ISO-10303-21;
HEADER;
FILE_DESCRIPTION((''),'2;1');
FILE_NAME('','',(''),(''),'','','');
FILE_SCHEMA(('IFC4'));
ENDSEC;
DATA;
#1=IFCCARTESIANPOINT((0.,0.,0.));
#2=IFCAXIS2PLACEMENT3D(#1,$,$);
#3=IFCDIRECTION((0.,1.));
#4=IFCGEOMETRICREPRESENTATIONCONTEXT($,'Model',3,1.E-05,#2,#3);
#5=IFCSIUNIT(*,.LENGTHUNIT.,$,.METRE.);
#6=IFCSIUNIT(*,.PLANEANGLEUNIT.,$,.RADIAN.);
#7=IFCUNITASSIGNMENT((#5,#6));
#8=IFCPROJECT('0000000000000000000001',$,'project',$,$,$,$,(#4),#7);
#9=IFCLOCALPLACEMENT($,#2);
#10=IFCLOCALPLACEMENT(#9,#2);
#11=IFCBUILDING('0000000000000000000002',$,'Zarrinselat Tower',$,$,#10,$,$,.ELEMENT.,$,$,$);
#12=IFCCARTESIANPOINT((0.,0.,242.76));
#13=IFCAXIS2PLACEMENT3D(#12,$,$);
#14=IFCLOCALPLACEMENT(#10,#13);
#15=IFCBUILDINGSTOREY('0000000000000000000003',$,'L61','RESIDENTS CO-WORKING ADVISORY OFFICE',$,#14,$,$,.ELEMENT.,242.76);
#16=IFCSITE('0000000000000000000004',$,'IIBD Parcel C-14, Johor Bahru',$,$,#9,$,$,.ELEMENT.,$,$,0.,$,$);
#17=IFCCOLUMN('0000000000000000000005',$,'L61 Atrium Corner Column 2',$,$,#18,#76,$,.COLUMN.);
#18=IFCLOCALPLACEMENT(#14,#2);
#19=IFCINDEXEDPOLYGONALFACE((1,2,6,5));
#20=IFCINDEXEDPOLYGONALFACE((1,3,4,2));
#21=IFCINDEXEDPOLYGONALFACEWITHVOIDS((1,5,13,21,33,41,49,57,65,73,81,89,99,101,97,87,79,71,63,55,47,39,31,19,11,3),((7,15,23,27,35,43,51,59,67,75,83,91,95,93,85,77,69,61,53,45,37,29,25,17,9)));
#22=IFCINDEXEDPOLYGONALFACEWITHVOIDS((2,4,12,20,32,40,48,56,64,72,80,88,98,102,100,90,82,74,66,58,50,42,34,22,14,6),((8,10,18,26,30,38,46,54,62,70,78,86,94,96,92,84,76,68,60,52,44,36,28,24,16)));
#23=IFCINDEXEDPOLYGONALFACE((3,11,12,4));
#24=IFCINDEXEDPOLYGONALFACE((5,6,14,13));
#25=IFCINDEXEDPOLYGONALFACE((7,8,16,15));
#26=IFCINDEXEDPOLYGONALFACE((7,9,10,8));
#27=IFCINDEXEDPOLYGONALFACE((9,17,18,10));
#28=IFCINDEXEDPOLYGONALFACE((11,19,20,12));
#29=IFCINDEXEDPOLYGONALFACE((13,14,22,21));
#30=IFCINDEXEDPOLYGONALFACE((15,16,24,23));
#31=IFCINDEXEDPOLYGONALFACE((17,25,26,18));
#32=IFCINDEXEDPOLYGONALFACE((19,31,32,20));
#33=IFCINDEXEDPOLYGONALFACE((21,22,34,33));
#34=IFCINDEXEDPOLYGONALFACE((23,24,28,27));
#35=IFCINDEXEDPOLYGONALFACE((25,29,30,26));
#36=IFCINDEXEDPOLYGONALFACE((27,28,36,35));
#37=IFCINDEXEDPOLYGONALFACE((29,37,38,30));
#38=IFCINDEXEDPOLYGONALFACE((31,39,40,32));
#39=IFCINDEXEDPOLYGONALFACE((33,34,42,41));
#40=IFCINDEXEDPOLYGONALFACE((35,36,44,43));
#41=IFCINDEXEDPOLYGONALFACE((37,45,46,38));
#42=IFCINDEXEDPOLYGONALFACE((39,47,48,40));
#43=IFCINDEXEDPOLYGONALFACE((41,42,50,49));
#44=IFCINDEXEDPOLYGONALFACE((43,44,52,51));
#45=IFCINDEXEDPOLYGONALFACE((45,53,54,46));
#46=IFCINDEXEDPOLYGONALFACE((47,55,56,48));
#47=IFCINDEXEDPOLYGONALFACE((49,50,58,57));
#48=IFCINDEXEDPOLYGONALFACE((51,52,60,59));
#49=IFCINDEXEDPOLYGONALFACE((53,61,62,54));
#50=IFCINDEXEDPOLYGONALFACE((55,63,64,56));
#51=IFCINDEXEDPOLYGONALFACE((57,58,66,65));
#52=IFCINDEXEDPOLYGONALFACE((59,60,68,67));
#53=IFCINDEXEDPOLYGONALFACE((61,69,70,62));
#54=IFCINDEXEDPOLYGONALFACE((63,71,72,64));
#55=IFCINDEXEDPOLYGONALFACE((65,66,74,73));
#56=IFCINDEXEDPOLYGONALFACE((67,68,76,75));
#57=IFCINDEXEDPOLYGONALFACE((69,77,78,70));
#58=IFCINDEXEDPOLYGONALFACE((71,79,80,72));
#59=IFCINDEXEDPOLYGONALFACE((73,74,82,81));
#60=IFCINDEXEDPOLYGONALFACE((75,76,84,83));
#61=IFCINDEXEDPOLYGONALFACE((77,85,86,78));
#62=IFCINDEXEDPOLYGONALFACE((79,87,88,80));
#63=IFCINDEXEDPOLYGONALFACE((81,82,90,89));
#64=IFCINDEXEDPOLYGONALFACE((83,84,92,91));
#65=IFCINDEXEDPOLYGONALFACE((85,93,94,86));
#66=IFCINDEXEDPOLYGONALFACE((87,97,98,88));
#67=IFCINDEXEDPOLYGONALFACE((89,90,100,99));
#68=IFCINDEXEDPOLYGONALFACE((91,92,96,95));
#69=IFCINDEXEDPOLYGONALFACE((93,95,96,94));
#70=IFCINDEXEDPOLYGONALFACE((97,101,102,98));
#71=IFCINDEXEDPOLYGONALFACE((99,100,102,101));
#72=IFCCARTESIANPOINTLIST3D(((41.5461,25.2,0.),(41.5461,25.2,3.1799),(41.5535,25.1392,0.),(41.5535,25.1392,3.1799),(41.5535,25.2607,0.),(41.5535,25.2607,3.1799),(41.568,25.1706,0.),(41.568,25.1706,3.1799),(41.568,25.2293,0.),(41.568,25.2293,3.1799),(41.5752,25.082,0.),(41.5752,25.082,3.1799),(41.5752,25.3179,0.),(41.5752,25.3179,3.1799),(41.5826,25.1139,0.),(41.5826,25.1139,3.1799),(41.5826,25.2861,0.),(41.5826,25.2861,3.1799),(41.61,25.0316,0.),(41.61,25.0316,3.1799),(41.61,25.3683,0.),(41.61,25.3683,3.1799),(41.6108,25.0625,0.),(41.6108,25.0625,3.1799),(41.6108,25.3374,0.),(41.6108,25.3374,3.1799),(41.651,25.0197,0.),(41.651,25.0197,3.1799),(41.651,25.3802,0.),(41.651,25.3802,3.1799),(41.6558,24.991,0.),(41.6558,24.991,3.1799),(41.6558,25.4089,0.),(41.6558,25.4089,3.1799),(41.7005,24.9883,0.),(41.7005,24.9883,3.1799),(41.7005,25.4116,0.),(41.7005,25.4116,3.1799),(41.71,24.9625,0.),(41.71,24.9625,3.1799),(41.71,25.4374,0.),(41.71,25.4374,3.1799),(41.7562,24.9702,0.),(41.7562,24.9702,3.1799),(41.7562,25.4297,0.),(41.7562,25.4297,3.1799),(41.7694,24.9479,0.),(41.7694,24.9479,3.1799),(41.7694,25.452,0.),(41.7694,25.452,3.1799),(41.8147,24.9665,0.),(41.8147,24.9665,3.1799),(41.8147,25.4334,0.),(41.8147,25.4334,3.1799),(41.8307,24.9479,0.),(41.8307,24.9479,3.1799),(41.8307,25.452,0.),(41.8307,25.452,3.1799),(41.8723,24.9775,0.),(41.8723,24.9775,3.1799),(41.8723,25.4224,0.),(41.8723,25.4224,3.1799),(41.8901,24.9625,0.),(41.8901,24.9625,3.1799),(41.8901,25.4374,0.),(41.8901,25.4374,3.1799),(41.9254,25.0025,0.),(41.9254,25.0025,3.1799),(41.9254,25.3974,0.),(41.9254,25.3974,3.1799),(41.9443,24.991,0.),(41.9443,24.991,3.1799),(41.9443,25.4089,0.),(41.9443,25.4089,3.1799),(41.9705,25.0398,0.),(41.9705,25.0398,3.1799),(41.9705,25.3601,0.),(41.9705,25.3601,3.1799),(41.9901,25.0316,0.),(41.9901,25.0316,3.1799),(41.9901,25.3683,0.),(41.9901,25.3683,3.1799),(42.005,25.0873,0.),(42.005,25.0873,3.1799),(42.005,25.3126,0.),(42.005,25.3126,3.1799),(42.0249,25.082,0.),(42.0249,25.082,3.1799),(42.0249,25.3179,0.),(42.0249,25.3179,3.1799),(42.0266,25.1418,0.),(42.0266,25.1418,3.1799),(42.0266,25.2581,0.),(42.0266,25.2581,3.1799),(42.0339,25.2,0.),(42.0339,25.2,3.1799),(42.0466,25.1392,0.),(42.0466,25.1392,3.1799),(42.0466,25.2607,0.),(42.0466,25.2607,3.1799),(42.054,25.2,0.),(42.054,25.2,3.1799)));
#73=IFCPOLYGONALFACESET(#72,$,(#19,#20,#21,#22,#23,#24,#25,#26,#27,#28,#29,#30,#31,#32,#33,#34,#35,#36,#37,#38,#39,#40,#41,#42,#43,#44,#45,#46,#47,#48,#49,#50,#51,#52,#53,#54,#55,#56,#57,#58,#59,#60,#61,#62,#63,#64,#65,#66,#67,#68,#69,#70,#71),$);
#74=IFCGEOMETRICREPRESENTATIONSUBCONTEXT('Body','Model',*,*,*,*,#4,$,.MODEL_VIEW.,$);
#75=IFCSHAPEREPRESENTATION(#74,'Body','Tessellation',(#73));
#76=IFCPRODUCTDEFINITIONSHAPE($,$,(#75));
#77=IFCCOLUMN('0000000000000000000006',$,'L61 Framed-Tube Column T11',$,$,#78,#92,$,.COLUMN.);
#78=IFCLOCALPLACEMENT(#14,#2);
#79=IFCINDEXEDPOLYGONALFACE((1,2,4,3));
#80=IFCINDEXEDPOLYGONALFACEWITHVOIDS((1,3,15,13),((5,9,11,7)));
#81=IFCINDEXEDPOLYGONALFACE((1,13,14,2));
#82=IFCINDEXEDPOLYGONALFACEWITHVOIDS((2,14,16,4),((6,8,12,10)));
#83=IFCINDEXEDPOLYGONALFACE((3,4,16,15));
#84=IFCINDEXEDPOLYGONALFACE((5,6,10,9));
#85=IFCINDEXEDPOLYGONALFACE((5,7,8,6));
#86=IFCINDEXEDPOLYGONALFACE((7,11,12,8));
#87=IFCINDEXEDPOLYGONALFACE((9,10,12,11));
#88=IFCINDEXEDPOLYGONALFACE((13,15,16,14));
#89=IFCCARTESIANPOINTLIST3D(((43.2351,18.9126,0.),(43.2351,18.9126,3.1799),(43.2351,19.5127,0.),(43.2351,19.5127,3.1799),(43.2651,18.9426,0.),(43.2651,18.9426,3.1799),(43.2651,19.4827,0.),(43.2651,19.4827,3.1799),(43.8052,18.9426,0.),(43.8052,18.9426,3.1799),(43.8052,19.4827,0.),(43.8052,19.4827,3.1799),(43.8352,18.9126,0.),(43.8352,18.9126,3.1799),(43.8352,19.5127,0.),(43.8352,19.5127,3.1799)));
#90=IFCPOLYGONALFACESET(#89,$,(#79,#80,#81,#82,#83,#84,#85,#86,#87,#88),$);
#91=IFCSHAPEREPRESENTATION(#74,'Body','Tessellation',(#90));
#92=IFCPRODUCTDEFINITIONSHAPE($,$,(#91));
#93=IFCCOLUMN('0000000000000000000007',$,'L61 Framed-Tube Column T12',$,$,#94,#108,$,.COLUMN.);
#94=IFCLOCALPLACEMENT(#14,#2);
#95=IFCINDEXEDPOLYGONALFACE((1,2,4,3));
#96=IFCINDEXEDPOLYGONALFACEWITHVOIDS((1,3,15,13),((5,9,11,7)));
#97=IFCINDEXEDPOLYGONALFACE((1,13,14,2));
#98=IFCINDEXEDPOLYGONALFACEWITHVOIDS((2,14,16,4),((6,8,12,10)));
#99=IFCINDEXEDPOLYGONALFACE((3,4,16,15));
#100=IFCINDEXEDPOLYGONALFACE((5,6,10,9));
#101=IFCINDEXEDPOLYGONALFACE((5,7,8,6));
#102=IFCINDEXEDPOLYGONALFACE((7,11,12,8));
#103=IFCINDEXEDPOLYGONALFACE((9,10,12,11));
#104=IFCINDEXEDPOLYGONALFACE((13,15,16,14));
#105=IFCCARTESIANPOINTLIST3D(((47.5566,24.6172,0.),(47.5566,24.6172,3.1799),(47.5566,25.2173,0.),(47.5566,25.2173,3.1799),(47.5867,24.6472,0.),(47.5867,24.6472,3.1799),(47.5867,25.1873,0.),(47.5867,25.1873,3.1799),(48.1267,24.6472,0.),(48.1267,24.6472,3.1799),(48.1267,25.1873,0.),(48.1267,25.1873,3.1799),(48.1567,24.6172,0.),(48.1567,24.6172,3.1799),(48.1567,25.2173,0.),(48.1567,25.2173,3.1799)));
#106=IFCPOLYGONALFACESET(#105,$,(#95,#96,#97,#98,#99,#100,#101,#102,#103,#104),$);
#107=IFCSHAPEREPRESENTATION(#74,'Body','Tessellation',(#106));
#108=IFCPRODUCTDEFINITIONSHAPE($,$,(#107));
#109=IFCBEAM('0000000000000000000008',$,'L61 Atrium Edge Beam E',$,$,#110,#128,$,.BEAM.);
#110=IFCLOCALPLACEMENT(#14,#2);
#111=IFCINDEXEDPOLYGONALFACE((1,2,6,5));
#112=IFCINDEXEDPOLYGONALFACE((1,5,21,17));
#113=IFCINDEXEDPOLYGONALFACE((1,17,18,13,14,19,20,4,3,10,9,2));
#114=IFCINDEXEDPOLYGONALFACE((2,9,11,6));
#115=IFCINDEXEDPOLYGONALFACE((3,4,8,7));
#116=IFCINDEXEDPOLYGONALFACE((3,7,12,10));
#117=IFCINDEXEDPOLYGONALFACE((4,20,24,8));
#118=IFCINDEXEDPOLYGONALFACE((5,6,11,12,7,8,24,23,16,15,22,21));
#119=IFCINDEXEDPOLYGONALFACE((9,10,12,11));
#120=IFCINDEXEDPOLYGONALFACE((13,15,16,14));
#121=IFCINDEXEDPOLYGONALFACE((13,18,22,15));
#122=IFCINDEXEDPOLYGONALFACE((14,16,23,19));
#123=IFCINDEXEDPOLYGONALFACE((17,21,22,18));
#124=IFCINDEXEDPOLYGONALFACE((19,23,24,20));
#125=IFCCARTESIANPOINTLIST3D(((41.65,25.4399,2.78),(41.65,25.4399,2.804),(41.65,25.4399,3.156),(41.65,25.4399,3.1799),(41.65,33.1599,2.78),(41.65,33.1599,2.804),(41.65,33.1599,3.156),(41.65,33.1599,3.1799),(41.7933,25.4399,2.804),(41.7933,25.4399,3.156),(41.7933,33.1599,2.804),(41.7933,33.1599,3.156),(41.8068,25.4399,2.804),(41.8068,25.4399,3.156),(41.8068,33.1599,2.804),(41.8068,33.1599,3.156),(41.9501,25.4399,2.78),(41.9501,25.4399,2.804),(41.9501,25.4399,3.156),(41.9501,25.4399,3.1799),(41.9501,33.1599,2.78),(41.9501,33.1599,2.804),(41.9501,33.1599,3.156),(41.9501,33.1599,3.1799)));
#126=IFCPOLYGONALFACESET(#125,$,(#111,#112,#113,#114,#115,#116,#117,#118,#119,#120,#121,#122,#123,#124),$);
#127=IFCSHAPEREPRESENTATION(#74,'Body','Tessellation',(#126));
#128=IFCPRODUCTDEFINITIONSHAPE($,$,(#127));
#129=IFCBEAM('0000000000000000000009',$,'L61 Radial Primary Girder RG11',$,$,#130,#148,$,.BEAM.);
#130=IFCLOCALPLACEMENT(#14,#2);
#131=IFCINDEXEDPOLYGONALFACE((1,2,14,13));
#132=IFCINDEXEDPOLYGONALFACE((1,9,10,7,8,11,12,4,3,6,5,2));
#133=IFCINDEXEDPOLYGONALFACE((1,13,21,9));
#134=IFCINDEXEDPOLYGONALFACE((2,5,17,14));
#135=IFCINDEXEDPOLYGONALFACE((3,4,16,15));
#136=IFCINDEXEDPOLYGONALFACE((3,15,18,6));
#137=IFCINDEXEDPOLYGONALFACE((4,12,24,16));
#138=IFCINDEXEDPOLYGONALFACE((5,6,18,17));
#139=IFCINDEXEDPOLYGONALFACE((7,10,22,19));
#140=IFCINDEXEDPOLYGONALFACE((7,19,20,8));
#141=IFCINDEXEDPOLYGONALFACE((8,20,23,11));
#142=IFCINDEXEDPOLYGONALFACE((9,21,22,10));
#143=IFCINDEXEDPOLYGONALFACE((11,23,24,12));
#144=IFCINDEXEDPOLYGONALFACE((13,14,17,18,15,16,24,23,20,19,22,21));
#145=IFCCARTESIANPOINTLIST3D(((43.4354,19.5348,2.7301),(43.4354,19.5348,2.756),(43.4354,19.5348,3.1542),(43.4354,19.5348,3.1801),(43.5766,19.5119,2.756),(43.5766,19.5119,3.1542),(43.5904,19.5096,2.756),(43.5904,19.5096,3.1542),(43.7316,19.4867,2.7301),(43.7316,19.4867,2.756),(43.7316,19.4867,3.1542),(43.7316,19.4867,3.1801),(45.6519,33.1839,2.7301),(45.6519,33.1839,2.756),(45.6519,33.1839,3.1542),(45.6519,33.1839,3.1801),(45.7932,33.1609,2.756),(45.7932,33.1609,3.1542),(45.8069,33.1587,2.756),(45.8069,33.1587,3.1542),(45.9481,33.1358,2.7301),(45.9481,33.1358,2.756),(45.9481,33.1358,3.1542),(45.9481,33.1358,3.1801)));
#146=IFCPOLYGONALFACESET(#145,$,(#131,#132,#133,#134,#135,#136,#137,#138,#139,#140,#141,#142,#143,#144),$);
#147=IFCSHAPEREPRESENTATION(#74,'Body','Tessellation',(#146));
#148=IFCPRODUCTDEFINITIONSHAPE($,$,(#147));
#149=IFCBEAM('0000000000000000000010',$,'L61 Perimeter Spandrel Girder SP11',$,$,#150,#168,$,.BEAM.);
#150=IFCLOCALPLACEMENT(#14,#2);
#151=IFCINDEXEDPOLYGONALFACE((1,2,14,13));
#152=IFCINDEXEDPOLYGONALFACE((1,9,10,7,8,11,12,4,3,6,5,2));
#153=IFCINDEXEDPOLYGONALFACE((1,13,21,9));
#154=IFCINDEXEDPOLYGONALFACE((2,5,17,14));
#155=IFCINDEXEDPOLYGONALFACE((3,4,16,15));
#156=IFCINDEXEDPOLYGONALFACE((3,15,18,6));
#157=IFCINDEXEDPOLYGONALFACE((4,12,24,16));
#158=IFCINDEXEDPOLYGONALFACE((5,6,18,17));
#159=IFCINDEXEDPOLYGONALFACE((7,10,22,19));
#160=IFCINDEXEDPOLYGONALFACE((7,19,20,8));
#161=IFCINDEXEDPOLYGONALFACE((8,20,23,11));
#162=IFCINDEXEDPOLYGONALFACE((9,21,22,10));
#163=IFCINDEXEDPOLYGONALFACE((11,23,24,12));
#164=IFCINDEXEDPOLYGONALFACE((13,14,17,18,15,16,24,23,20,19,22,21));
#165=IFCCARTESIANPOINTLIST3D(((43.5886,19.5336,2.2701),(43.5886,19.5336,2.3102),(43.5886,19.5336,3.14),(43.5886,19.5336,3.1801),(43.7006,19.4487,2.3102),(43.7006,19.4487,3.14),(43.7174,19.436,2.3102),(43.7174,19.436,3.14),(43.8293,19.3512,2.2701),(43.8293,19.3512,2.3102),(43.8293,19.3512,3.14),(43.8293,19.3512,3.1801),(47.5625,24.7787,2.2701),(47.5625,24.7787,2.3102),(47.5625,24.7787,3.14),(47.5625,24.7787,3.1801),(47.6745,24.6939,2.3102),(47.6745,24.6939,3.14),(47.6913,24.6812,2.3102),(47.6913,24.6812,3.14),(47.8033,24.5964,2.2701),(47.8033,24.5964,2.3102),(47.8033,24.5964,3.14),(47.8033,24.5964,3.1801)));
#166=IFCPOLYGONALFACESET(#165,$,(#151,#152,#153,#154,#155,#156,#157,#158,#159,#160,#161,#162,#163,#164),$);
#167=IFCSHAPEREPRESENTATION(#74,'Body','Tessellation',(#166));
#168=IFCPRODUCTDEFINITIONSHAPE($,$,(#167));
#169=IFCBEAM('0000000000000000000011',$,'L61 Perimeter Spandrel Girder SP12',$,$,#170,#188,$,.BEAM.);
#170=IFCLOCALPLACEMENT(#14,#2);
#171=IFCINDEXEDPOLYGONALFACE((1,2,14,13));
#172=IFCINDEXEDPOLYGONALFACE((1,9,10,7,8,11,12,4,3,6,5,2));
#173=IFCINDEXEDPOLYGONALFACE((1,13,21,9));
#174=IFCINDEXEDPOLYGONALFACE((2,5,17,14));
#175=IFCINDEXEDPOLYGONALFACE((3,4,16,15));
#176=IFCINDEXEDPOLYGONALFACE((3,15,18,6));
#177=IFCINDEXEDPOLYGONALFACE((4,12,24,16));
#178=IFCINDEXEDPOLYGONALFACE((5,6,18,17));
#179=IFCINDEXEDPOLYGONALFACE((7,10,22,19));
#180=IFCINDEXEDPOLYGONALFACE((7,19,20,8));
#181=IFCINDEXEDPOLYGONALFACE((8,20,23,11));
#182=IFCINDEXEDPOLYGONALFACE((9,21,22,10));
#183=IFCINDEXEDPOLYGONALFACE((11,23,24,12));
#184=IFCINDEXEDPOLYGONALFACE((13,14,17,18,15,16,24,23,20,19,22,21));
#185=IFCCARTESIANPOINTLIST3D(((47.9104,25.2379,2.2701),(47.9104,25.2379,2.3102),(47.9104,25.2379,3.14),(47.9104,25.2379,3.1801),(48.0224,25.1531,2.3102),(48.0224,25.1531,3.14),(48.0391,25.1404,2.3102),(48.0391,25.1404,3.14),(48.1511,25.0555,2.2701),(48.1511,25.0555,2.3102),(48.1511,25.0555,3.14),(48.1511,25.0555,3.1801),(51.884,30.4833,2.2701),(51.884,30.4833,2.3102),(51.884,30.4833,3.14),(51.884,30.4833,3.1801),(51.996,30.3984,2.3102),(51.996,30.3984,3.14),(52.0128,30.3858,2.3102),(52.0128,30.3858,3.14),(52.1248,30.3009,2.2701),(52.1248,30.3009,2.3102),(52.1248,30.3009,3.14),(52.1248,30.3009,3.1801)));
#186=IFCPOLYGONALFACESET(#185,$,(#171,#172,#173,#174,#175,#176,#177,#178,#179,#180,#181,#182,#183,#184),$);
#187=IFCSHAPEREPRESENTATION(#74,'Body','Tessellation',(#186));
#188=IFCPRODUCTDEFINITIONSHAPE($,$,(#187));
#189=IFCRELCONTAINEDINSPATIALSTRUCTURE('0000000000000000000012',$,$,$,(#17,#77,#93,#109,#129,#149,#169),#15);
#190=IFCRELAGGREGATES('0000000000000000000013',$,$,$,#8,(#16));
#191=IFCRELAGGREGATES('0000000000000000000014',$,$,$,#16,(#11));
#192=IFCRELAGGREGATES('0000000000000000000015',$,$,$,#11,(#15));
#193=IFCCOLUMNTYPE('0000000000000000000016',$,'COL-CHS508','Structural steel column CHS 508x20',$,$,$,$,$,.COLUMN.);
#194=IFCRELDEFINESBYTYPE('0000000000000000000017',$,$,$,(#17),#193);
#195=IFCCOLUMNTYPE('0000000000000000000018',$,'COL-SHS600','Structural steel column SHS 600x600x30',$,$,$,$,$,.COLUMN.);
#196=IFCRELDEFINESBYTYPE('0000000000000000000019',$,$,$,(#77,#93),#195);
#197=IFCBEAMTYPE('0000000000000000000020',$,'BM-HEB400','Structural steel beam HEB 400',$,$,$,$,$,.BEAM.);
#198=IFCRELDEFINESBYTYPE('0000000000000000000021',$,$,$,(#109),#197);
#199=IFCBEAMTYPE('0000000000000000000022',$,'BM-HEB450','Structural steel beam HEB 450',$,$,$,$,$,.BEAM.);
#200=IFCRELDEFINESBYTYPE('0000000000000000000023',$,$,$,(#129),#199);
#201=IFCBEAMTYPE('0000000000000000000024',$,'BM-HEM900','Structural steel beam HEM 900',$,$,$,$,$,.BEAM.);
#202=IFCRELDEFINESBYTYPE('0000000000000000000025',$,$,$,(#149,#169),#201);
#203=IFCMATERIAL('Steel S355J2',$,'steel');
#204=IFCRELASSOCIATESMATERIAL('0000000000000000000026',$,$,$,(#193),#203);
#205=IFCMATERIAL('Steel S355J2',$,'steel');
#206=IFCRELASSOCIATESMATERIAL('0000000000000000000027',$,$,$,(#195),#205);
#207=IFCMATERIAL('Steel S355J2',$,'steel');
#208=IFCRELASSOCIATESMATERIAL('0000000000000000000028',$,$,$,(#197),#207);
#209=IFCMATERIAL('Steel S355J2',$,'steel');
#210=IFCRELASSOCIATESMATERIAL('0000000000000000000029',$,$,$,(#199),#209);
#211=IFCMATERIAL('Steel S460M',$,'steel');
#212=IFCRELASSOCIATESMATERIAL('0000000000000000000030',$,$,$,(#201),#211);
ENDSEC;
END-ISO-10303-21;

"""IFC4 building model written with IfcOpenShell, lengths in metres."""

from ifc_helpers import new_model, si_unit, direction, frame, origin, origin_2d, place, context, subcontext, project, spatial, hollow_rectangle, hollow_circle, i_section, extrude, material, material_profile, profile_set, type_object, element, save


model = new_model("IFC4")

# Units and contexts
model_context = context("Model", 3, precision=1e-05, world=origin(), true_north=direction((0.0, 1.0)))
body_context = subcontext(model_context, "Body", "Model", "MODEL_VIEW")
ifc_project = project(units=[si_unit("LENGTHUNIT", "METRE"), si_unit("PLANEANGLEUNIT", "RADIAN")], contexts=[model_context])

# Site, building, storey
site_placement = place(None, origin())
site = spatial("IfcSite", under=ifc_project, at=site_placement, Name="IIBD Parcel C-14, Johor Bahru", CompositionType="ELEMENT", RefElevation=0.0)
building_placement = place(site_placement, origin())
building = spatial("IfcBuilding", under=site, at=building_placement, Name="Zarrinselat Tower", CompositionType="ELEMENT")
storey_placement = place(building_placement, frame((0.0, 0.0, 242.76)))
storey = spatial("IfcBuildingStorey", under=building, at=storey_placement, Name="L61", Description="RESIDENTS CO-WORKING ADVISORY OFFICE", CompositionType="ELEMENT", Elevation=242.76)

# Columns
ifc_material_1 = material(Name="Steel S355J2", Category="steel")
ifc_material_profile_1 = material_profile(ifc_material_1, hollow_circle(Radius=0.2539, WallThickness=0.02, at=origin_2d()), Name="CHS 508x20")
ifc_profile_set_1 = profile_set([ifc_material_profile_1], Name="Steel S355J2")
column_type_1 = type_object("IfcColumnType", Name="COL-CHS508", Description="Structural steel column CHS 508x20", PredefinedType="COLUMN", material=ifc_profile_set_1)
column_placement = place(storey_placement, frame((41.8, 25.2, 0.0), z_axis=(0.0, 0.0, 1.0), x_axis=(1.0, 0.0, 0.0)))
element("IfcColumn", 1, at=column_placement, inside=storey, type_object=column_type_1, Name="L61 Atrium Corner Column 2", PredefinedType="COLUMN", context=body_context, shape_type="SweptSolid", body=[
    extrude(hollow_circle(Radius=0.2539, WallThickness=0.02, at=origin_2d()), origin(), (0.0, 0.0, 1.0), 3.1799),
])
ifc_material_2 = material(Name="Steel S355J2", Category="steel")
ifc_material_profile_2 = material_profile(ifc_material_2, hollow_rectangle(XDim=0.6001, YDim=0.6001, WallThickness=0.03, at=origin_2d()), Name="SHS 600x600x30")
ifc_profile_set_2 = profile_set([ifc_material_profile_2], Name="Steel S355J2")
column_type_2 = type_object("IfcColumnType", Name="COL-SHS600", Description="Structural steel column SHS 600x600x30", PredefinedType="COLUMN", material=ifc_profile_set_2)
for number, where, z_axis, x_axis, name in (
    (2, (43.5352, 19.2126, 0.0), (0.0, 0.0, 1.0), (1.0, 0.0, 0.0), "L61 Framed-Tube Column T11"),
    (3, (47.8567, 24.9172, 0.0), (0.0, 0.0, 1.0), (1.0, 0.0, 0.0), "L61 Framed-Tube Column T12"),
):
    element("IfcColumn", number, at=place(storey_placement, frame(where, z_axis=z_axis, x_axis=x_axis)), inside=storey, type_object=column_type_2, Name=name, PredefinedType="COLUMN", context=body_context, shape_type="SweptSolid", body=[
        extrude(hollow_rectangle(XDim=0.6001, YDim=0.6001, WallThickness=0.03, at=origin_2d()), origin(), (0.0, 0.0, 1.0), 3.1799),
    ])

# Beams
ifc_material_3 = material(Name="Steel S355J2", Category="steel")
ifc_material_profile_3 = material_profile(ifc_material_3, i_section(OverallWidth=0.3, OverallDepth=0.3999, WebThickness=0.0134, FlangeThickness=0.0239, at=origin_2d()), Name="HEB 400")
ifc_profile_set_3 = profile_set([ifc_material_profile_3], Name="Steel S355J2")
beam_type_1 = type_object("IfcBeamType", Name="BM-HEB400", Description="Structural steel beam HEB 400", PredefinedType="BEAM", material=ifc_profile_set_3)
beam_1_placement = place(storey_placement, frame((41.8, 25.4399, 2.98), z_axis=(0.0, 1.0, 0.0), x_axis=(-1.0, 0.0, 0.0)))
element("IfcBeam", 4, at=beam_1_placement, inside=storey, type_object=beam_type_1, Name="L61 Atrium Edge Beam E", PredefinedType="BEAM", context=body_context, shape_type="SweptSolid", body=[
    extrude(i_section(OverallWidth=0.3, OverallDepth=0.3999, WebThickness=0.0134, FlangeThickness=0.0239, at=origin_2d()), origin(), (0.0, 0.0, 1.0), 7.72),
])
ifc_material_4 = material(Name="Steel S355J2", Category="steel")
ifc_material_profile_4 = material_profile(ifc_material_4, i_section(OverallWidth=0.3, OverallDepth=0.45, WebThickness=0.0139, FlangeThickness=0.0259, at=origin_2d()), Name="HEB 450")
ifc_profile_set_4 = profile_set([ifc_material_profile_4], Name="Steel S355J2")
beam_type_2 = type_object("IfcBeamType", Name="BM-HEB450", Description="Structural steel beam HEB 450", PredefinedType="BEAM", material=ifc_profile_set_4)
beam_2_placement = place(storey_placement, frame((43.5835, 19.5107, 2.9551), z_axis=(0.160295, 0.987069, 0.0), x_axis=(-0.987069, 0.160295, 0.0)))
element("IfcBeam", 5, at=beam_2_placement, inside=storey, type_object=beam_type_2, Name="L61 Radial Primary Girder RG11", PredefinedType="BEAM", context=body_context, shape_type="SweptSolid", body=[
    extrude(i_section(OverallWidth=0.3, OverallDepth=0.45, WebThickness=0.0139, FlangeThickness=0.0259, at=origin_2d()), origin(), (0.0, 0.0, 1.0), 13.8279),
])
ifc_material_5 = material(Name="Steel S460M", Category="steel")
ifc_material_profile_5 = material_profile(ifc_material_5, i_section(OverallWidth=0.302, OverallDepth=0.9099, WebThickness=0.021, FlangeThickness=0.04, at=origin_2d()), Name="HEM 900")
ifc_profile_set_5 = profile_set([ifc_material_profile_5], Name="Steel S460M")
beam_type_3 = type_object("IfcBeamType", Name="BM-HEM900", Description="Structural steel beam HEM 900", PredefinedType="BEAM", material=ifc_profile_set_5)
for number, where, z_axis, x_axis, name in (
    (6, (43.709, 19.4424, 2.7251), (0.603887, 0.79707, 0.0), (-0.79707, 0.603887, 0.0), "L61 Perimeter Spandrel Girder SP11"),
    (7, (48.0308, 25.1467, 2.7251), (0.603846, 0.797101, 0.0), (-0.797101, 0.603846, 0.0), "L61 Perimeter Spandrel Girder SP12"),
):
    element("IfcBeam", number, at=place(storey_placement, frame(where, z_axis=z_axis, x_axis=x_axis)), inside=storey, type_object=beam_type_3, Name=name, PredefinedType="BEAM", context=body_context, shape_type="SweptSolid", body=[
        extrude(i_section(OverallWidth=0.302, OverallDepth=0.9099, WebThickness=0.021, FlangeThickness=0.04, at=origin_2d()), origin(), (0.0, 0.0, 1.0), 6.5806),
    ])

save(model, "model.ifc")
